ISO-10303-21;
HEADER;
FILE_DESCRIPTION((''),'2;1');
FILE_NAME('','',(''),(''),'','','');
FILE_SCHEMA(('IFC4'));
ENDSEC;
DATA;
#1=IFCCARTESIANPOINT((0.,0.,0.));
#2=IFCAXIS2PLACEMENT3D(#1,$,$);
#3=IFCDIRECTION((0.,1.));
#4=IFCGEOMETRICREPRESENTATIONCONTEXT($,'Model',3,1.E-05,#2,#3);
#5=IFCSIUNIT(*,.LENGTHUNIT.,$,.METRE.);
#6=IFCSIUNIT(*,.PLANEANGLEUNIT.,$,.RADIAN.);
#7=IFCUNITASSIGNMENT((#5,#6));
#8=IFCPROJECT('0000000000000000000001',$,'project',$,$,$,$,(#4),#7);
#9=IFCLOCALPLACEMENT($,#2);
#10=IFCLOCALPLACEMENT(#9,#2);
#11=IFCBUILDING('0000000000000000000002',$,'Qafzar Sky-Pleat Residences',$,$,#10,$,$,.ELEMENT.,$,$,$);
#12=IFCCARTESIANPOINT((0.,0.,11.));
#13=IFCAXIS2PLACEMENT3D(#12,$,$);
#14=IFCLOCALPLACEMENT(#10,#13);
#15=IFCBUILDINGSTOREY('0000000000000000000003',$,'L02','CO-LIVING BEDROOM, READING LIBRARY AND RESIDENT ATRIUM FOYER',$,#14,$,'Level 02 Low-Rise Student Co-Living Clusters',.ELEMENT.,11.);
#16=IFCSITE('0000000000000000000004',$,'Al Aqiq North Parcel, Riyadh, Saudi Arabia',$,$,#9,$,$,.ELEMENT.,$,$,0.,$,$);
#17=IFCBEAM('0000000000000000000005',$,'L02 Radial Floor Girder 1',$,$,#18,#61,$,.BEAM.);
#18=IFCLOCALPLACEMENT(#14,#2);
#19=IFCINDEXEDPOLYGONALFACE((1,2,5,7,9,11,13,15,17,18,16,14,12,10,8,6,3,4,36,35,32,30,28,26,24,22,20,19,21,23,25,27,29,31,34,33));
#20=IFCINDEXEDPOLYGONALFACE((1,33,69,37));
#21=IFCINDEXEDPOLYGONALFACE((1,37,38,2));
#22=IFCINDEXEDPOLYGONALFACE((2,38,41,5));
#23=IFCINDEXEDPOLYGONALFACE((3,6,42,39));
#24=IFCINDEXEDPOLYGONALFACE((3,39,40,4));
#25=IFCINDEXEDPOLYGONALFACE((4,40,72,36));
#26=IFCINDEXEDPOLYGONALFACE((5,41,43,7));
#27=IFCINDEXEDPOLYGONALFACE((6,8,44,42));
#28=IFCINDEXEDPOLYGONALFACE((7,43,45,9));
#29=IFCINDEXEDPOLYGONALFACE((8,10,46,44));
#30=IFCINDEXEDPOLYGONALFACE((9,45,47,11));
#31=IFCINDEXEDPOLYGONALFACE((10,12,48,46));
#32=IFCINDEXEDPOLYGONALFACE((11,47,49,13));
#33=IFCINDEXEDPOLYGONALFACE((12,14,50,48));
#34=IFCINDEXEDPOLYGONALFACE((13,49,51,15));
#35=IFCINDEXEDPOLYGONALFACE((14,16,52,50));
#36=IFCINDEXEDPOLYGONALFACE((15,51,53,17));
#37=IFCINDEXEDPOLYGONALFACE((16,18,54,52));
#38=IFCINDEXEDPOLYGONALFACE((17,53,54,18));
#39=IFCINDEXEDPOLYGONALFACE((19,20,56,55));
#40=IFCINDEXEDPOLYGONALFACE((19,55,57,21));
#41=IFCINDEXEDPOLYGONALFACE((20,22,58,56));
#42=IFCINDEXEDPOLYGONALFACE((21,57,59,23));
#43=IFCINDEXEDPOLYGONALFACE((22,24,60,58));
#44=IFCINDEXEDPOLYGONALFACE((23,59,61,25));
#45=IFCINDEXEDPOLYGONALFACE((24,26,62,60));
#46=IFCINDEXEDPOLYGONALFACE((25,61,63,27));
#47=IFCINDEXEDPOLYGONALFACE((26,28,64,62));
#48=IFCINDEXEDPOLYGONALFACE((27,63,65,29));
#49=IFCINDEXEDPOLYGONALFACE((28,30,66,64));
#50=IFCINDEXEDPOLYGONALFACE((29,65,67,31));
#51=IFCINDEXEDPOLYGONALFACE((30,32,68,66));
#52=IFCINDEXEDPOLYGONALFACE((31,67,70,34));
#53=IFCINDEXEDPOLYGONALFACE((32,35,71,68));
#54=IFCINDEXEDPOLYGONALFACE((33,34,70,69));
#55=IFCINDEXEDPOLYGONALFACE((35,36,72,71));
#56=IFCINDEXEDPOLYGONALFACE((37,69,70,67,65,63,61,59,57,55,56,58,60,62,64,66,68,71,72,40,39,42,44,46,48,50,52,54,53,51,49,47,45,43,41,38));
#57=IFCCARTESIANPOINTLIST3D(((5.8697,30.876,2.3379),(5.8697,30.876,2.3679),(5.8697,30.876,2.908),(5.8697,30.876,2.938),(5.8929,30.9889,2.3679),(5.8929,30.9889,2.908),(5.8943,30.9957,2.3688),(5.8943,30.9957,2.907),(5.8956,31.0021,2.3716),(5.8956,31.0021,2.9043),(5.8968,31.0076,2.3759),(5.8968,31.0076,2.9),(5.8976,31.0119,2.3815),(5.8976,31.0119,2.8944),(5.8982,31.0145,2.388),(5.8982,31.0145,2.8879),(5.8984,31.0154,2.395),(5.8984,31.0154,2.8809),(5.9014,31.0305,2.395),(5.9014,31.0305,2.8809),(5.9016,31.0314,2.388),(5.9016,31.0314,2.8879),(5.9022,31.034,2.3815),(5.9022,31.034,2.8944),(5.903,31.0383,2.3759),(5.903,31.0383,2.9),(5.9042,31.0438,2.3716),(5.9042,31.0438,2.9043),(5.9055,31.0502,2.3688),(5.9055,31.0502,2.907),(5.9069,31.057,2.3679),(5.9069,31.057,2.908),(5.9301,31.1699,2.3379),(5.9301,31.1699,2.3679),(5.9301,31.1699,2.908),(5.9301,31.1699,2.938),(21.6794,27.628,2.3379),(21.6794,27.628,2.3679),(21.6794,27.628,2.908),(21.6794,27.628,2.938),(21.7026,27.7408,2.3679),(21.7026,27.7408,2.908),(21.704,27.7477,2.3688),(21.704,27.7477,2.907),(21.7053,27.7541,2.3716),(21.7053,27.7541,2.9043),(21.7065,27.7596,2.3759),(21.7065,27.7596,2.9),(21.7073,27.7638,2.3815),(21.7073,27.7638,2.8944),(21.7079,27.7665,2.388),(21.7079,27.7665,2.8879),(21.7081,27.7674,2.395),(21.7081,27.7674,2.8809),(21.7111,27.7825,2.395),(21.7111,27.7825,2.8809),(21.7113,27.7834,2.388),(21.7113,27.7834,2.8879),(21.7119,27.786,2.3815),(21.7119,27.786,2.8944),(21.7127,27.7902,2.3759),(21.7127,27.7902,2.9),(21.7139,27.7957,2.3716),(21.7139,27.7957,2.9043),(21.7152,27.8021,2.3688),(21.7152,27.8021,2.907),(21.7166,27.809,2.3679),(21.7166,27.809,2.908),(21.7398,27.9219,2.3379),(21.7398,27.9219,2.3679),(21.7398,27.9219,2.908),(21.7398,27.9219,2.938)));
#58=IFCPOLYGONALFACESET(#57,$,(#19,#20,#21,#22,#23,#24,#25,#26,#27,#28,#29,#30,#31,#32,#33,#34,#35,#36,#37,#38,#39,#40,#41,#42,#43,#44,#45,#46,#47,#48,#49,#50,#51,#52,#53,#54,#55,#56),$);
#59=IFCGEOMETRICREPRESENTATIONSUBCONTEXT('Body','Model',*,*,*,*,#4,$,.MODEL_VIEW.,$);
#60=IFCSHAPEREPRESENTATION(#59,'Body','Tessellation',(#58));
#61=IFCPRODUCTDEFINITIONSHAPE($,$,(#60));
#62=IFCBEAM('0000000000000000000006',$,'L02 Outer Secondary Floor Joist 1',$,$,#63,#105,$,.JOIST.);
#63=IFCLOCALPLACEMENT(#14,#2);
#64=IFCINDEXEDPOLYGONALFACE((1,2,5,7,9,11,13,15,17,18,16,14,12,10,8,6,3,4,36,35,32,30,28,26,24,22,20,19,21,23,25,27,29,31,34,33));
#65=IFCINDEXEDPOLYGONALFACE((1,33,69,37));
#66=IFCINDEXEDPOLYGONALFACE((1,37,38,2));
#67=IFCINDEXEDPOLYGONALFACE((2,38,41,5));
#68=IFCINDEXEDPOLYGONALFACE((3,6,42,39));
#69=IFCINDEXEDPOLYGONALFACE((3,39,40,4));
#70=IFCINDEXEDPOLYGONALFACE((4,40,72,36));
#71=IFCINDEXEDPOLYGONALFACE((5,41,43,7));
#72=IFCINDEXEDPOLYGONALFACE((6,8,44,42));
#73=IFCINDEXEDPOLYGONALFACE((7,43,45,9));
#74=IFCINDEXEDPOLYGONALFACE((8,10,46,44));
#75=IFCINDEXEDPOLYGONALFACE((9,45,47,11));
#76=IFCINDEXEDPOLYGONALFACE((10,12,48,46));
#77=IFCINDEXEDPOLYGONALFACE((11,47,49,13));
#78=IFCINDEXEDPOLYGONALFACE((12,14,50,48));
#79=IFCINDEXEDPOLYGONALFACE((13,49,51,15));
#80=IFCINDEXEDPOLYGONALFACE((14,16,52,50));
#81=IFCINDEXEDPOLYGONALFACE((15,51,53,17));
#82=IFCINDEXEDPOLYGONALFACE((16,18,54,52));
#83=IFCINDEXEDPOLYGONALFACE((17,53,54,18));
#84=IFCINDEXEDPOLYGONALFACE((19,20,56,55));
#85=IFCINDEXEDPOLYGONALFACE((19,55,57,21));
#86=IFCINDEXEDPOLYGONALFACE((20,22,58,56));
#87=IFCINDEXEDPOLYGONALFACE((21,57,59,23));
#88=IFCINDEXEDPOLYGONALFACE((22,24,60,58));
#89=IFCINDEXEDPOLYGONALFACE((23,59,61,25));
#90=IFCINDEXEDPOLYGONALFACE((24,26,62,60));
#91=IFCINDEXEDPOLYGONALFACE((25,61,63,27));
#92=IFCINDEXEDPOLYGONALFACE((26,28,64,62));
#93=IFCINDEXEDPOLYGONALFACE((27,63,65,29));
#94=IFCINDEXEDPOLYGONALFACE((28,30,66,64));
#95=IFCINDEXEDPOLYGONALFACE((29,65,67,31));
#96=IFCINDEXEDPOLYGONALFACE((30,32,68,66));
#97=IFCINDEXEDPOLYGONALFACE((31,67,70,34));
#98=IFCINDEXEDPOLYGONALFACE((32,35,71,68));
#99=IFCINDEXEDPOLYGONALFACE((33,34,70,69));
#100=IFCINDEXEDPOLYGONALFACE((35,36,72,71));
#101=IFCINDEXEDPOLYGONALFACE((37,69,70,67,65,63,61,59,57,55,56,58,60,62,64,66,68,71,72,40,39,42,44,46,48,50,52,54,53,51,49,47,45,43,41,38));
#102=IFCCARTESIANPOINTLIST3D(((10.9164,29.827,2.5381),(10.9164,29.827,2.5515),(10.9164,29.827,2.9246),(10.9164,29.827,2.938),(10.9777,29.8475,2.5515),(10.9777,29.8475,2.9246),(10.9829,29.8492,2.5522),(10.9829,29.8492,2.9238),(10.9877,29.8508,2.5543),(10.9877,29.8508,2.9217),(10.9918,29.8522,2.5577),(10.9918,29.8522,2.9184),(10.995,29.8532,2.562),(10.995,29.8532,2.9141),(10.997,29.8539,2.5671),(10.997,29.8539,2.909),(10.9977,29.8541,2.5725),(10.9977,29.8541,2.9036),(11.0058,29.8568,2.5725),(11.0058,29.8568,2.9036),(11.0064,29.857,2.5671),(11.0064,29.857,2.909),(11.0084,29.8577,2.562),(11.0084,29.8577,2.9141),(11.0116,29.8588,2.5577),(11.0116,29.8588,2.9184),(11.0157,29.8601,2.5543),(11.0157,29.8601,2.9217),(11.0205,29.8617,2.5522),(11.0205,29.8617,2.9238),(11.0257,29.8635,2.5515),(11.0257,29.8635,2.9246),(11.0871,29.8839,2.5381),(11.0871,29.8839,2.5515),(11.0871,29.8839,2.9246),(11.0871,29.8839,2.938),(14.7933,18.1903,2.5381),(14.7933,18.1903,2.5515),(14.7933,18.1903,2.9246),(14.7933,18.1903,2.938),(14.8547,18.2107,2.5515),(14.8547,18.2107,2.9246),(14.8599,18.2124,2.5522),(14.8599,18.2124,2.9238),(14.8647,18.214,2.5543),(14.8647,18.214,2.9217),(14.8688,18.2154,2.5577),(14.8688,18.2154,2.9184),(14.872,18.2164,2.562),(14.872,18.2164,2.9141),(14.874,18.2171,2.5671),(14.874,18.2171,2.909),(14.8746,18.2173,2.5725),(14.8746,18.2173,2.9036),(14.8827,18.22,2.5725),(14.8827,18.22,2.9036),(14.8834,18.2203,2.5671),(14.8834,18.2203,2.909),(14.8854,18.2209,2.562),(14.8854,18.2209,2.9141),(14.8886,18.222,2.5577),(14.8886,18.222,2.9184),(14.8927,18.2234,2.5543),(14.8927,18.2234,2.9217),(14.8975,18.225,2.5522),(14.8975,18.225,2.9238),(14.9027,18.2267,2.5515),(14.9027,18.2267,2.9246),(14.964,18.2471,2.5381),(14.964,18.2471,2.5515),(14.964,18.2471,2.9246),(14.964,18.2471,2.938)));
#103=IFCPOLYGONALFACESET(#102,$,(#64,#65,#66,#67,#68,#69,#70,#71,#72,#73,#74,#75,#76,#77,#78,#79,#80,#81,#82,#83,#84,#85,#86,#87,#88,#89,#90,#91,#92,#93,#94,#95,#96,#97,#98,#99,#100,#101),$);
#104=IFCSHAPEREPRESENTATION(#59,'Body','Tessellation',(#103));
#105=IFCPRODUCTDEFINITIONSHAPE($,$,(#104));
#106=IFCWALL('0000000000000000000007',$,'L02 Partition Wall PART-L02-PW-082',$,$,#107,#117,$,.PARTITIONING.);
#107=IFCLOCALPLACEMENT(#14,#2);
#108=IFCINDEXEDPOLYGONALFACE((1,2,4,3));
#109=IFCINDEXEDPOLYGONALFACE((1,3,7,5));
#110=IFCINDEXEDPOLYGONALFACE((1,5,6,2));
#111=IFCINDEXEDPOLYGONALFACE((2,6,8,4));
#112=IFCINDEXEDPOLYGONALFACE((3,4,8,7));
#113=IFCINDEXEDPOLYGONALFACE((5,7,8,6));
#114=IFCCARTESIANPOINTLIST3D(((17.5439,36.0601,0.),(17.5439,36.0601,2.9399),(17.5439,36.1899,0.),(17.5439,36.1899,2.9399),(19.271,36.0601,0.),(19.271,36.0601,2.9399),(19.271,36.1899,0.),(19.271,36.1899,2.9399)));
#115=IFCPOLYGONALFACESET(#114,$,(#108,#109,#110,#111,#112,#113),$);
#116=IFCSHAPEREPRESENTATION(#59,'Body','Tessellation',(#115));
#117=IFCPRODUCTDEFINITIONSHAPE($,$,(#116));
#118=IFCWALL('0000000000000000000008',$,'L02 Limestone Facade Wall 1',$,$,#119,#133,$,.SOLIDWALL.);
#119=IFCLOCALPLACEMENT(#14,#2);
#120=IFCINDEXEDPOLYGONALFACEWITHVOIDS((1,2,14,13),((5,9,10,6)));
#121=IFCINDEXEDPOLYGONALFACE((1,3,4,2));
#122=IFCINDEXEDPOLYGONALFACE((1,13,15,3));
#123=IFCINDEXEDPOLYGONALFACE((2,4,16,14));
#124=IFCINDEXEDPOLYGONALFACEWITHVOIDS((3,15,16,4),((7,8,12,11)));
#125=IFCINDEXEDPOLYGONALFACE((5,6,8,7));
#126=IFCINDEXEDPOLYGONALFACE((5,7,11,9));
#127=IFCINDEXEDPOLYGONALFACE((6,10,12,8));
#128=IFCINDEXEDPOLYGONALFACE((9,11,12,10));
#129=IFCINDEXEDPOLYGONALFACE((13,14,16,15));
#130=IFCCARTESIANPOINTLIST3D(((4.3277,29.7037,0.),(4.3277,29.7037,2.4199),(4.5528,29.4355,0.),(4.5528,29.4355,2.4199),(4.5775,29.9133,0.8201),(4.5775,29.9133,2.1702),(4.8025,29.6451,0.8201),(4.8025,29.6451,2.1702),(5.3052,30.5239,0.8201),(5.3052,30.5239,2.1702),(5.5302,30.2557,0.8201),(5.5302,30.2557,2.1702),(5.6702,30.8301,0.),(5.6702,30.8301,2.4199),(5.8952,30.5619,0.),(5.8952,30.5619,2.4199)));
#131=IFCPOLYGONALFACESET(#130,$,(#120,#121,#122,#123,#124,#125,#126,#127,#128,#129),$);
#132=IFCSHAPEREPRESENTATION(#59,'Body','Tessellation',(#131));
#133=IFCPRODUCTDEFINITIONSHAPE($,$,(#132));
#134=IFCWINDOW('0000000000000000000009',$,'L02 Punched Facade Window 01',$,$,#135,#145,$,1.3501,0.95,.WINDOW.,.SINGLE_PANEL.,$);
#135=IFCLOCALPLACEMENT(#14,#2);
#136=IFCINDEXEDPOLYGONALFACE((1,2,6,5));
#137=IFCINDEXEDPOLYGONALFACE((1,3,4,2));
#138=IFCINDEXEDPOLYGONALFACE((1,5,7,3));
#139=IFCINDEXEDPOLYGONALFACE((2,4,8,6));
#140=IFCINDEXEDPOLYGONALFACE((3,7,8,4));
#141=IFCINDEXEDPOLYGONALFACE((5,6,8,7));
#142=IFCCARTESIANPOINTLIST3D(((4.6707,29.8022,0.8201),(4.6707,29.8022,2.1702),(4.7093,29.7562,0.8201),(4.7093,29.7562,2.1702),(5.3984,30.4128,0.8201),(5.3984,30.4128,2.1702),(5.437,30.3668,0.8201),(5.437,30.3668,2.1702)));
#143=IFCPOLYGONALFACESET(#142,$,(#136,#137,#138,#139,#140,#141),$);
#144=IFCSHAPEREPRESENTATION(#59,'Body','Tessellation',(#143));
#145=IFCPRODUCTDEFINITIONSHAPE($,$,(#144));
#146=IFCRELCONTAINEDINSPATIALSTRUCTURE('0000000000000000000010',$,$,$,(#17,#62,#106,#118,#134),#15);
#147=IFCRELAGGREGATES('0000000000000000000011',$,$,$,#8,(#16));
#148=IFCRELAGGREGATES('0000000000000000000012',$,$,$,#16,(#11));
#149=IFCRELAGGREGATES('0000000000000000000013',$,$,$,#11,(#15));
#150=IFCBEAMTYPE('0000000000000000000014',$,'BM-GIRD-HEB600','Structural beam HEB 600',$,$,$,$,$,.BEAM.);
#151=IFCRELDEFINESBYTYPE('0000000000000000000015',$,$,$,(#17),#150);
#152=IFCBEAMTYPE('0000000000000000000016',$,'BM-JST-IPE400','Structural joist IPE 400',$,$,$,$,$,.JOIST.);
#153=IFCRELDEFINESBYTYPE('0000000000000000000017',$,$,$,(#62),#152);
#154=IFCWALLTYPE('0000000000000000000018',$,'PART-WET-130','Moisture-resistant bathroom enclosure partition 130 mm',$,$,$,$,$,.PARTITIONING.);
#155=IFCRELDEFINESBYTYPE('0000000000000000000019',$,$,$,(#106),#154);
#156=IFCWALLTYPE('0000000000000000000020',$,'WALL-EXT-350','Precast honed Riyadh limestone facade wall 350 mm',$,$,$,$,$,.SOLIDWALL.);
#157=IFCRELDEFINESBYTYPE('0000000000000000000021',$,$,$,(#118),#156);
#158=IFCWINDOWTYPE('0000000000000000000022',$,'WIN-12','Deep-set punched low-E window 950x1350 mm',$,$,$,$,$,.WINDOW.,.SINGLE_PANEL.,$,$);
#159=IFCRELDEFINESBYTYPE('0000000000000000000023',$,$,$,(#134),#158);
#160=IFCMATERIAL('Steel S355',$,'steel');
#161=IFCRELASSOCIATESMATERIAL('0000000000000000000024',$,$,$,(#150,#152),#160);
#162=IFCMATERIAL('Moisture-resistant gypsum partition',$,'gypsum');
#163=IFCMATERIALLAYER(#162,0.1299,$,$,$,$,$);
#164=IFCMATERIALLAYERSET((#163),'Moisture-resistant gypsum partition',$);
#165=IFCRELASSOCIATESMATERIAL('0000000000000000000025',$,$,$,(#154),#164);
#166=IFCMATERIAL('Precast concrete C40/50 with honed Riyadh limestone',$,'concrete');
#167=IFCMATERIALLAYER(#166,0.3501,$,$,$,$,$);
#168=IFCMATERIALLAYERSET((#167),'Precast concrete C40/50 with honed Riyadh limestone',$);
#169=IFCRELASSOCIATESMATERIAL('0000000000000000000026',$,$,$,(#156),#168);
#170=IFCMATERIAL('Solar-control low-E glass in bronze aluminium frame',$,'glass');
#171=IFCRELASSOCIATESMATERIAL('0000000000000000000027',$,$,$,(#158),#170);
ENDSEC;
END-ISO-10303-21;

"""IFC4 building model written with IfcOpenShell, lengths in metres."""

from ifc_helpers import new_model, si_unit, direction, frame, frame_2d, origin, origin_2d, place, context, subcontext, project, spatial, rectangle, i_section, extrude, source, transform, mapped, material, layer, layer_set, material_profile, profile_set, type_object, element, fill, save


model = new_model("IFC4")

# Units and contexts
model_context = context("Model", 3, precision=1e-05, world=origin(), true_north=direction((0.0, 1.0)))
body_context = subcontext(model_context, "Body", "Model", "MODEL_VIEW")
ifc_project = project(units=[si_unit("LENGTHUNIT", "METRE"), si_unit("PLANEANGLEUNIT", "RADIAN")], contexts=[model_context])

# Site, building, storey
site_placement = place(None, origin())
site = spatial("IfcSite", under=ifc_project, at=site_placement, Name="Al Aqiq North Parcel, Riyadh, Saudi Arabia", CompositionType="ELEMENT", RefElevation=0.0)
building_placement = place(site_placement, origin())
building = spatial("IfcBuilding", under=site, at=building_placement, Name="Qafzar Sky-Pleat Residences", CompositionType="ELEMENT")
storey_placement = place(building_placement, frame((0.0, 0.0, 11.0)))
storey = spatial("IfcBuildingStorey", under=building, at=storey_placement, Name="L02", Description="CO-LIVING BEDROOM, READING LIBRARY AND RESIDENT ATRIUM FOYER", LongName="Level 02 Low-Rise Student Co-Living Clusters", CompositionType="ELEMENT", Elevation=11.0)

# Beams
ifc_material_1 = material(Name="Steel S355", Category="steel")
ifc_material_profile_1 = material_profile(ifc_material_1, i_section(OverallWidth=0.3, OverallDepth=0.6001, WebThickness=0.0154, FlangeThickness=0.03, FilletRadius=0.0271, at=origin_2d()), Name="HEB 600")
ifc_profile_set_1 = profile_set([ifc_material_profile_1], Name="Steel S355")
beam_type_1 = type_object("IfcBeamType", Name="BM-GIRD-HEB600", Description="Structural beam HEB 600", PredefinedType="BEAM", material=ifc_profile_set_1)
shared_shape_1 = source(origin(), body_context, "Body", "SweptSolid", [
    extrude(i_section(OverallWidth=0.3, OverallDepth=0.6001, WebThickness=0.0154, FlangeThickness=0.03, FilletRadius=0.0271, at=origin_2d()), origin(), (0.0, 0.0, 1.0), 16.1399),
])
beam_1_placement = place(storey_placement, frame((5.8999, 31.0229, 2.6379), z_axis=(0.979542, -0.201242, 0.0), x_axis=(0.201242, 0.979542, 0.0)))
element("IfcBeam", 1, at=beam_1_placement, inside=storey, type_object=beam_type_1, Name="L02 Radial Floor Girder 1", PredefinedType="BEAM", context=body_context, shape_type="MappedRepresentation", body=[
    mapped(shared_shape_1, transform((0.0, 0.0, 0.0), x_axis=(1.0, 0.0, 0.0), y_axis=(0.0, 1.0, 0.0), z_axis=(0.0, 0.0, 1.0), scale=1.0)),
])
ifc_material_profile_2 = material_profile(ifc_material_1, i_section(OverallWidth=0.1799, OverallDepth=0.3999, WebThickness=0.0085, FlangeThickness=0.0134, FilletRadius=0.021, at=origin_2d()), Name="IPE 400")
ifc_profile_set_2 = profile_set([ifc_material_profile_2], Name="Steel S355")
beam_type_2 = type_object("IfcBeamType", Name="BM-JST-IPE400", Description="Structural joist IPE 400", PredefinedType="JOIST", material=ifc_profile_set_2)
shared_shape_2 = source(origin(), body_context, "Body", "SweptSolid", [
    extrude(i_section(OverallWidth=0.1799, OverallDepth=0.3999, WebThickness=0.0085, FlangeThickness=0.0134, FilletRadius=0.021, at=origin_2d()), origin(), (0.0, 0.0, 1.0), 12.2656),
])
beam_2_placement = place(storey_placement, frame((11.0017, 29.8555, 2.738), z_axis=(0.316084, -0.948731, 0.0), x_axis=(0.948731, 0.316084, 0.0)))
element("IfcBeam", 2, at=beam_2_placement, inside=storey, type_object=beam_type_2, Name="L02 Outer Secondary Floor Joist 1", PredefinedType="JOIST", context=body_context, shape_type="MappedRepresentation", body=[
    mapped(shared_shape_2, transform((0.0, 0.0, 0.0), x_axis=(1.0, 0.0, 0.0), y_axis=(0.0, 1.0, 0.0), z_axis=(0.0, 0.0, 1.0), scale=1.0)),
])

# Wall
ifc_material_2 = material(Name="Moisture-resistant gypsum partition", Category="gypsum")
ifc_layer_1 = layer(ifc_material_2, 0.1299)
ifc_layer_set_1 = layer_set([ifc_layer_1], Name="Moisture-resistant gypsum partition")
wall_type_1 = type_object("IfcWallType", Name="PART-WET-130", Description="Moisture-resistant bathroom enclosure partition 130 mm", PredefinedType="PARTITIONING", material=ifc_layer_set_1)
wall_1_placement = place(storey_placement, frame((17.5439, 36.125, 0.0), z_axis=(0.0, 0.0, 1.0), x_axis=(1.0, 0.0, 0.0)))
element("IfcWall", 3, at=wall_1_placement, inside=storey, type_object=wall_type_1, Name="L02 Partition Wall PART-L02-PW-082", PredefinedType="PARTITIONING", context=body_context, shape_type="SweptSolid", body=[
    extrude(rectangle(XDim=1.7271, YDim=0.1299, at=frame_2d((0.8635, 0.0))), origin(), (0.0, 0.0, 1.0), 2.9399),
])

# Wall, opening, window
ifc_material_3 = material(Name="Precast concrete C40/50 with honed Riyadh limestone", Category="concrete")
ifc_layer_2 = layer(ifc_material_3, 0.3501)
ifc_layer_set_2 = layer_set([ifc_layer_2], Name="Precast concrete C40/50 with honed Riyadh limestone")
wall_type_2 = type_object("IfcWallType", Name="WALL-EXT-350", Description="Precast honed Riyadh limestone facade wall 350 mm", PredefinedType="SOLIDWALL", material=ifc_layer_set_2)
wall_2_placement = place(storey_placement, frame((5.7827, 30.696, 0.0), z_axis=(0.0, 0.0, 1.0), x_axis=(-0.766059, -0.642771, 0.0)))
wall_2 = element("IfcWall", 4, at=wall_2_placement, inside=storey, type_object=wall_type_2, Name="L02 Limestone Facade Wall 1", PredefinedType="SOLIDWALL", context=body_context, shape_type="SweptSolid", body=[
    extrude(rectangle(XDim=1.7524, YDim=0.3501, at=frame_2d((0.8762, 0.0))), origin(), (0.0, 0.0, 1.0), 2.4199),
])
opening_1_placement = place(wall_2_placement, frame((0.4763, 0.0, 0.8201)))
opening_1 = element("IfcOpeningElement", 5, at=opening_1_placement, cuts=wall_2, PredefinedType="OPENING", context=body_context, shape_type="SweptSolid", body=[
    extrude(rectangle(XDim=0.95, YDim=1.3501, at=frame_2d((0.4751, 0.675))), frame((0.0, 0.1851, 0.0), z_axis=(0.0, -1.0, 0.0), x_axis=(1.0, 0.0, 0.0)), (0.0, 0.0, 1.0), 0.3701),
])
ifc_material_4 = material(Name="Solar-control low-E glass in bronze aluminium frame", Category="glass")
window_type_1 = type_object("IfcWindowType", Name="WIN-12", Description="Deep-set punched low-E window 950x1350 mm", PartitioningType="SINGLE_PANEL", PredefinedType="WINDOW", material=ifc_material_4)
shared_shape_3 = source(origin(), body_context, "Body", "SweptSolid", [
    extrude(rectangle(XDim=0.95, YDim=1.3501, at=frame_2d((0.4751, 0.675))), frame((0.0, 0.03, 0.0), z_axis=(0.0, -1.0, 0.0), x_axis=(1.0, 0.0, 0.0)), (0.0, 0.0, 1.0), 0.0601),
])
window_1_placement = place(opening_1_placement, origin())
window_1 = element("IfcWindow", 6, at=window_1_placement, inside=storey, type_object=window_type_1, Name="L02 Punched Facade Window 01", OverallHeight=1.3501, OverallWidth=0.95, PartitioningType="SINGLE_PANEL", PredefinedType="WINDOW", context=body_context, shape_type="MappedRepresentation", body=[
    mapped(shared_shape_3, transform((0.0, 0.0, 0.0), x_axis=(1.0, 0.0, 0.0), y_axis=(0.0, 1.0, 0.0), z_axis=(0.0, 0.0, 1.0), scale=1.0)),
])
fill(opening_1, window_1)

save(model, "model.ifc")
